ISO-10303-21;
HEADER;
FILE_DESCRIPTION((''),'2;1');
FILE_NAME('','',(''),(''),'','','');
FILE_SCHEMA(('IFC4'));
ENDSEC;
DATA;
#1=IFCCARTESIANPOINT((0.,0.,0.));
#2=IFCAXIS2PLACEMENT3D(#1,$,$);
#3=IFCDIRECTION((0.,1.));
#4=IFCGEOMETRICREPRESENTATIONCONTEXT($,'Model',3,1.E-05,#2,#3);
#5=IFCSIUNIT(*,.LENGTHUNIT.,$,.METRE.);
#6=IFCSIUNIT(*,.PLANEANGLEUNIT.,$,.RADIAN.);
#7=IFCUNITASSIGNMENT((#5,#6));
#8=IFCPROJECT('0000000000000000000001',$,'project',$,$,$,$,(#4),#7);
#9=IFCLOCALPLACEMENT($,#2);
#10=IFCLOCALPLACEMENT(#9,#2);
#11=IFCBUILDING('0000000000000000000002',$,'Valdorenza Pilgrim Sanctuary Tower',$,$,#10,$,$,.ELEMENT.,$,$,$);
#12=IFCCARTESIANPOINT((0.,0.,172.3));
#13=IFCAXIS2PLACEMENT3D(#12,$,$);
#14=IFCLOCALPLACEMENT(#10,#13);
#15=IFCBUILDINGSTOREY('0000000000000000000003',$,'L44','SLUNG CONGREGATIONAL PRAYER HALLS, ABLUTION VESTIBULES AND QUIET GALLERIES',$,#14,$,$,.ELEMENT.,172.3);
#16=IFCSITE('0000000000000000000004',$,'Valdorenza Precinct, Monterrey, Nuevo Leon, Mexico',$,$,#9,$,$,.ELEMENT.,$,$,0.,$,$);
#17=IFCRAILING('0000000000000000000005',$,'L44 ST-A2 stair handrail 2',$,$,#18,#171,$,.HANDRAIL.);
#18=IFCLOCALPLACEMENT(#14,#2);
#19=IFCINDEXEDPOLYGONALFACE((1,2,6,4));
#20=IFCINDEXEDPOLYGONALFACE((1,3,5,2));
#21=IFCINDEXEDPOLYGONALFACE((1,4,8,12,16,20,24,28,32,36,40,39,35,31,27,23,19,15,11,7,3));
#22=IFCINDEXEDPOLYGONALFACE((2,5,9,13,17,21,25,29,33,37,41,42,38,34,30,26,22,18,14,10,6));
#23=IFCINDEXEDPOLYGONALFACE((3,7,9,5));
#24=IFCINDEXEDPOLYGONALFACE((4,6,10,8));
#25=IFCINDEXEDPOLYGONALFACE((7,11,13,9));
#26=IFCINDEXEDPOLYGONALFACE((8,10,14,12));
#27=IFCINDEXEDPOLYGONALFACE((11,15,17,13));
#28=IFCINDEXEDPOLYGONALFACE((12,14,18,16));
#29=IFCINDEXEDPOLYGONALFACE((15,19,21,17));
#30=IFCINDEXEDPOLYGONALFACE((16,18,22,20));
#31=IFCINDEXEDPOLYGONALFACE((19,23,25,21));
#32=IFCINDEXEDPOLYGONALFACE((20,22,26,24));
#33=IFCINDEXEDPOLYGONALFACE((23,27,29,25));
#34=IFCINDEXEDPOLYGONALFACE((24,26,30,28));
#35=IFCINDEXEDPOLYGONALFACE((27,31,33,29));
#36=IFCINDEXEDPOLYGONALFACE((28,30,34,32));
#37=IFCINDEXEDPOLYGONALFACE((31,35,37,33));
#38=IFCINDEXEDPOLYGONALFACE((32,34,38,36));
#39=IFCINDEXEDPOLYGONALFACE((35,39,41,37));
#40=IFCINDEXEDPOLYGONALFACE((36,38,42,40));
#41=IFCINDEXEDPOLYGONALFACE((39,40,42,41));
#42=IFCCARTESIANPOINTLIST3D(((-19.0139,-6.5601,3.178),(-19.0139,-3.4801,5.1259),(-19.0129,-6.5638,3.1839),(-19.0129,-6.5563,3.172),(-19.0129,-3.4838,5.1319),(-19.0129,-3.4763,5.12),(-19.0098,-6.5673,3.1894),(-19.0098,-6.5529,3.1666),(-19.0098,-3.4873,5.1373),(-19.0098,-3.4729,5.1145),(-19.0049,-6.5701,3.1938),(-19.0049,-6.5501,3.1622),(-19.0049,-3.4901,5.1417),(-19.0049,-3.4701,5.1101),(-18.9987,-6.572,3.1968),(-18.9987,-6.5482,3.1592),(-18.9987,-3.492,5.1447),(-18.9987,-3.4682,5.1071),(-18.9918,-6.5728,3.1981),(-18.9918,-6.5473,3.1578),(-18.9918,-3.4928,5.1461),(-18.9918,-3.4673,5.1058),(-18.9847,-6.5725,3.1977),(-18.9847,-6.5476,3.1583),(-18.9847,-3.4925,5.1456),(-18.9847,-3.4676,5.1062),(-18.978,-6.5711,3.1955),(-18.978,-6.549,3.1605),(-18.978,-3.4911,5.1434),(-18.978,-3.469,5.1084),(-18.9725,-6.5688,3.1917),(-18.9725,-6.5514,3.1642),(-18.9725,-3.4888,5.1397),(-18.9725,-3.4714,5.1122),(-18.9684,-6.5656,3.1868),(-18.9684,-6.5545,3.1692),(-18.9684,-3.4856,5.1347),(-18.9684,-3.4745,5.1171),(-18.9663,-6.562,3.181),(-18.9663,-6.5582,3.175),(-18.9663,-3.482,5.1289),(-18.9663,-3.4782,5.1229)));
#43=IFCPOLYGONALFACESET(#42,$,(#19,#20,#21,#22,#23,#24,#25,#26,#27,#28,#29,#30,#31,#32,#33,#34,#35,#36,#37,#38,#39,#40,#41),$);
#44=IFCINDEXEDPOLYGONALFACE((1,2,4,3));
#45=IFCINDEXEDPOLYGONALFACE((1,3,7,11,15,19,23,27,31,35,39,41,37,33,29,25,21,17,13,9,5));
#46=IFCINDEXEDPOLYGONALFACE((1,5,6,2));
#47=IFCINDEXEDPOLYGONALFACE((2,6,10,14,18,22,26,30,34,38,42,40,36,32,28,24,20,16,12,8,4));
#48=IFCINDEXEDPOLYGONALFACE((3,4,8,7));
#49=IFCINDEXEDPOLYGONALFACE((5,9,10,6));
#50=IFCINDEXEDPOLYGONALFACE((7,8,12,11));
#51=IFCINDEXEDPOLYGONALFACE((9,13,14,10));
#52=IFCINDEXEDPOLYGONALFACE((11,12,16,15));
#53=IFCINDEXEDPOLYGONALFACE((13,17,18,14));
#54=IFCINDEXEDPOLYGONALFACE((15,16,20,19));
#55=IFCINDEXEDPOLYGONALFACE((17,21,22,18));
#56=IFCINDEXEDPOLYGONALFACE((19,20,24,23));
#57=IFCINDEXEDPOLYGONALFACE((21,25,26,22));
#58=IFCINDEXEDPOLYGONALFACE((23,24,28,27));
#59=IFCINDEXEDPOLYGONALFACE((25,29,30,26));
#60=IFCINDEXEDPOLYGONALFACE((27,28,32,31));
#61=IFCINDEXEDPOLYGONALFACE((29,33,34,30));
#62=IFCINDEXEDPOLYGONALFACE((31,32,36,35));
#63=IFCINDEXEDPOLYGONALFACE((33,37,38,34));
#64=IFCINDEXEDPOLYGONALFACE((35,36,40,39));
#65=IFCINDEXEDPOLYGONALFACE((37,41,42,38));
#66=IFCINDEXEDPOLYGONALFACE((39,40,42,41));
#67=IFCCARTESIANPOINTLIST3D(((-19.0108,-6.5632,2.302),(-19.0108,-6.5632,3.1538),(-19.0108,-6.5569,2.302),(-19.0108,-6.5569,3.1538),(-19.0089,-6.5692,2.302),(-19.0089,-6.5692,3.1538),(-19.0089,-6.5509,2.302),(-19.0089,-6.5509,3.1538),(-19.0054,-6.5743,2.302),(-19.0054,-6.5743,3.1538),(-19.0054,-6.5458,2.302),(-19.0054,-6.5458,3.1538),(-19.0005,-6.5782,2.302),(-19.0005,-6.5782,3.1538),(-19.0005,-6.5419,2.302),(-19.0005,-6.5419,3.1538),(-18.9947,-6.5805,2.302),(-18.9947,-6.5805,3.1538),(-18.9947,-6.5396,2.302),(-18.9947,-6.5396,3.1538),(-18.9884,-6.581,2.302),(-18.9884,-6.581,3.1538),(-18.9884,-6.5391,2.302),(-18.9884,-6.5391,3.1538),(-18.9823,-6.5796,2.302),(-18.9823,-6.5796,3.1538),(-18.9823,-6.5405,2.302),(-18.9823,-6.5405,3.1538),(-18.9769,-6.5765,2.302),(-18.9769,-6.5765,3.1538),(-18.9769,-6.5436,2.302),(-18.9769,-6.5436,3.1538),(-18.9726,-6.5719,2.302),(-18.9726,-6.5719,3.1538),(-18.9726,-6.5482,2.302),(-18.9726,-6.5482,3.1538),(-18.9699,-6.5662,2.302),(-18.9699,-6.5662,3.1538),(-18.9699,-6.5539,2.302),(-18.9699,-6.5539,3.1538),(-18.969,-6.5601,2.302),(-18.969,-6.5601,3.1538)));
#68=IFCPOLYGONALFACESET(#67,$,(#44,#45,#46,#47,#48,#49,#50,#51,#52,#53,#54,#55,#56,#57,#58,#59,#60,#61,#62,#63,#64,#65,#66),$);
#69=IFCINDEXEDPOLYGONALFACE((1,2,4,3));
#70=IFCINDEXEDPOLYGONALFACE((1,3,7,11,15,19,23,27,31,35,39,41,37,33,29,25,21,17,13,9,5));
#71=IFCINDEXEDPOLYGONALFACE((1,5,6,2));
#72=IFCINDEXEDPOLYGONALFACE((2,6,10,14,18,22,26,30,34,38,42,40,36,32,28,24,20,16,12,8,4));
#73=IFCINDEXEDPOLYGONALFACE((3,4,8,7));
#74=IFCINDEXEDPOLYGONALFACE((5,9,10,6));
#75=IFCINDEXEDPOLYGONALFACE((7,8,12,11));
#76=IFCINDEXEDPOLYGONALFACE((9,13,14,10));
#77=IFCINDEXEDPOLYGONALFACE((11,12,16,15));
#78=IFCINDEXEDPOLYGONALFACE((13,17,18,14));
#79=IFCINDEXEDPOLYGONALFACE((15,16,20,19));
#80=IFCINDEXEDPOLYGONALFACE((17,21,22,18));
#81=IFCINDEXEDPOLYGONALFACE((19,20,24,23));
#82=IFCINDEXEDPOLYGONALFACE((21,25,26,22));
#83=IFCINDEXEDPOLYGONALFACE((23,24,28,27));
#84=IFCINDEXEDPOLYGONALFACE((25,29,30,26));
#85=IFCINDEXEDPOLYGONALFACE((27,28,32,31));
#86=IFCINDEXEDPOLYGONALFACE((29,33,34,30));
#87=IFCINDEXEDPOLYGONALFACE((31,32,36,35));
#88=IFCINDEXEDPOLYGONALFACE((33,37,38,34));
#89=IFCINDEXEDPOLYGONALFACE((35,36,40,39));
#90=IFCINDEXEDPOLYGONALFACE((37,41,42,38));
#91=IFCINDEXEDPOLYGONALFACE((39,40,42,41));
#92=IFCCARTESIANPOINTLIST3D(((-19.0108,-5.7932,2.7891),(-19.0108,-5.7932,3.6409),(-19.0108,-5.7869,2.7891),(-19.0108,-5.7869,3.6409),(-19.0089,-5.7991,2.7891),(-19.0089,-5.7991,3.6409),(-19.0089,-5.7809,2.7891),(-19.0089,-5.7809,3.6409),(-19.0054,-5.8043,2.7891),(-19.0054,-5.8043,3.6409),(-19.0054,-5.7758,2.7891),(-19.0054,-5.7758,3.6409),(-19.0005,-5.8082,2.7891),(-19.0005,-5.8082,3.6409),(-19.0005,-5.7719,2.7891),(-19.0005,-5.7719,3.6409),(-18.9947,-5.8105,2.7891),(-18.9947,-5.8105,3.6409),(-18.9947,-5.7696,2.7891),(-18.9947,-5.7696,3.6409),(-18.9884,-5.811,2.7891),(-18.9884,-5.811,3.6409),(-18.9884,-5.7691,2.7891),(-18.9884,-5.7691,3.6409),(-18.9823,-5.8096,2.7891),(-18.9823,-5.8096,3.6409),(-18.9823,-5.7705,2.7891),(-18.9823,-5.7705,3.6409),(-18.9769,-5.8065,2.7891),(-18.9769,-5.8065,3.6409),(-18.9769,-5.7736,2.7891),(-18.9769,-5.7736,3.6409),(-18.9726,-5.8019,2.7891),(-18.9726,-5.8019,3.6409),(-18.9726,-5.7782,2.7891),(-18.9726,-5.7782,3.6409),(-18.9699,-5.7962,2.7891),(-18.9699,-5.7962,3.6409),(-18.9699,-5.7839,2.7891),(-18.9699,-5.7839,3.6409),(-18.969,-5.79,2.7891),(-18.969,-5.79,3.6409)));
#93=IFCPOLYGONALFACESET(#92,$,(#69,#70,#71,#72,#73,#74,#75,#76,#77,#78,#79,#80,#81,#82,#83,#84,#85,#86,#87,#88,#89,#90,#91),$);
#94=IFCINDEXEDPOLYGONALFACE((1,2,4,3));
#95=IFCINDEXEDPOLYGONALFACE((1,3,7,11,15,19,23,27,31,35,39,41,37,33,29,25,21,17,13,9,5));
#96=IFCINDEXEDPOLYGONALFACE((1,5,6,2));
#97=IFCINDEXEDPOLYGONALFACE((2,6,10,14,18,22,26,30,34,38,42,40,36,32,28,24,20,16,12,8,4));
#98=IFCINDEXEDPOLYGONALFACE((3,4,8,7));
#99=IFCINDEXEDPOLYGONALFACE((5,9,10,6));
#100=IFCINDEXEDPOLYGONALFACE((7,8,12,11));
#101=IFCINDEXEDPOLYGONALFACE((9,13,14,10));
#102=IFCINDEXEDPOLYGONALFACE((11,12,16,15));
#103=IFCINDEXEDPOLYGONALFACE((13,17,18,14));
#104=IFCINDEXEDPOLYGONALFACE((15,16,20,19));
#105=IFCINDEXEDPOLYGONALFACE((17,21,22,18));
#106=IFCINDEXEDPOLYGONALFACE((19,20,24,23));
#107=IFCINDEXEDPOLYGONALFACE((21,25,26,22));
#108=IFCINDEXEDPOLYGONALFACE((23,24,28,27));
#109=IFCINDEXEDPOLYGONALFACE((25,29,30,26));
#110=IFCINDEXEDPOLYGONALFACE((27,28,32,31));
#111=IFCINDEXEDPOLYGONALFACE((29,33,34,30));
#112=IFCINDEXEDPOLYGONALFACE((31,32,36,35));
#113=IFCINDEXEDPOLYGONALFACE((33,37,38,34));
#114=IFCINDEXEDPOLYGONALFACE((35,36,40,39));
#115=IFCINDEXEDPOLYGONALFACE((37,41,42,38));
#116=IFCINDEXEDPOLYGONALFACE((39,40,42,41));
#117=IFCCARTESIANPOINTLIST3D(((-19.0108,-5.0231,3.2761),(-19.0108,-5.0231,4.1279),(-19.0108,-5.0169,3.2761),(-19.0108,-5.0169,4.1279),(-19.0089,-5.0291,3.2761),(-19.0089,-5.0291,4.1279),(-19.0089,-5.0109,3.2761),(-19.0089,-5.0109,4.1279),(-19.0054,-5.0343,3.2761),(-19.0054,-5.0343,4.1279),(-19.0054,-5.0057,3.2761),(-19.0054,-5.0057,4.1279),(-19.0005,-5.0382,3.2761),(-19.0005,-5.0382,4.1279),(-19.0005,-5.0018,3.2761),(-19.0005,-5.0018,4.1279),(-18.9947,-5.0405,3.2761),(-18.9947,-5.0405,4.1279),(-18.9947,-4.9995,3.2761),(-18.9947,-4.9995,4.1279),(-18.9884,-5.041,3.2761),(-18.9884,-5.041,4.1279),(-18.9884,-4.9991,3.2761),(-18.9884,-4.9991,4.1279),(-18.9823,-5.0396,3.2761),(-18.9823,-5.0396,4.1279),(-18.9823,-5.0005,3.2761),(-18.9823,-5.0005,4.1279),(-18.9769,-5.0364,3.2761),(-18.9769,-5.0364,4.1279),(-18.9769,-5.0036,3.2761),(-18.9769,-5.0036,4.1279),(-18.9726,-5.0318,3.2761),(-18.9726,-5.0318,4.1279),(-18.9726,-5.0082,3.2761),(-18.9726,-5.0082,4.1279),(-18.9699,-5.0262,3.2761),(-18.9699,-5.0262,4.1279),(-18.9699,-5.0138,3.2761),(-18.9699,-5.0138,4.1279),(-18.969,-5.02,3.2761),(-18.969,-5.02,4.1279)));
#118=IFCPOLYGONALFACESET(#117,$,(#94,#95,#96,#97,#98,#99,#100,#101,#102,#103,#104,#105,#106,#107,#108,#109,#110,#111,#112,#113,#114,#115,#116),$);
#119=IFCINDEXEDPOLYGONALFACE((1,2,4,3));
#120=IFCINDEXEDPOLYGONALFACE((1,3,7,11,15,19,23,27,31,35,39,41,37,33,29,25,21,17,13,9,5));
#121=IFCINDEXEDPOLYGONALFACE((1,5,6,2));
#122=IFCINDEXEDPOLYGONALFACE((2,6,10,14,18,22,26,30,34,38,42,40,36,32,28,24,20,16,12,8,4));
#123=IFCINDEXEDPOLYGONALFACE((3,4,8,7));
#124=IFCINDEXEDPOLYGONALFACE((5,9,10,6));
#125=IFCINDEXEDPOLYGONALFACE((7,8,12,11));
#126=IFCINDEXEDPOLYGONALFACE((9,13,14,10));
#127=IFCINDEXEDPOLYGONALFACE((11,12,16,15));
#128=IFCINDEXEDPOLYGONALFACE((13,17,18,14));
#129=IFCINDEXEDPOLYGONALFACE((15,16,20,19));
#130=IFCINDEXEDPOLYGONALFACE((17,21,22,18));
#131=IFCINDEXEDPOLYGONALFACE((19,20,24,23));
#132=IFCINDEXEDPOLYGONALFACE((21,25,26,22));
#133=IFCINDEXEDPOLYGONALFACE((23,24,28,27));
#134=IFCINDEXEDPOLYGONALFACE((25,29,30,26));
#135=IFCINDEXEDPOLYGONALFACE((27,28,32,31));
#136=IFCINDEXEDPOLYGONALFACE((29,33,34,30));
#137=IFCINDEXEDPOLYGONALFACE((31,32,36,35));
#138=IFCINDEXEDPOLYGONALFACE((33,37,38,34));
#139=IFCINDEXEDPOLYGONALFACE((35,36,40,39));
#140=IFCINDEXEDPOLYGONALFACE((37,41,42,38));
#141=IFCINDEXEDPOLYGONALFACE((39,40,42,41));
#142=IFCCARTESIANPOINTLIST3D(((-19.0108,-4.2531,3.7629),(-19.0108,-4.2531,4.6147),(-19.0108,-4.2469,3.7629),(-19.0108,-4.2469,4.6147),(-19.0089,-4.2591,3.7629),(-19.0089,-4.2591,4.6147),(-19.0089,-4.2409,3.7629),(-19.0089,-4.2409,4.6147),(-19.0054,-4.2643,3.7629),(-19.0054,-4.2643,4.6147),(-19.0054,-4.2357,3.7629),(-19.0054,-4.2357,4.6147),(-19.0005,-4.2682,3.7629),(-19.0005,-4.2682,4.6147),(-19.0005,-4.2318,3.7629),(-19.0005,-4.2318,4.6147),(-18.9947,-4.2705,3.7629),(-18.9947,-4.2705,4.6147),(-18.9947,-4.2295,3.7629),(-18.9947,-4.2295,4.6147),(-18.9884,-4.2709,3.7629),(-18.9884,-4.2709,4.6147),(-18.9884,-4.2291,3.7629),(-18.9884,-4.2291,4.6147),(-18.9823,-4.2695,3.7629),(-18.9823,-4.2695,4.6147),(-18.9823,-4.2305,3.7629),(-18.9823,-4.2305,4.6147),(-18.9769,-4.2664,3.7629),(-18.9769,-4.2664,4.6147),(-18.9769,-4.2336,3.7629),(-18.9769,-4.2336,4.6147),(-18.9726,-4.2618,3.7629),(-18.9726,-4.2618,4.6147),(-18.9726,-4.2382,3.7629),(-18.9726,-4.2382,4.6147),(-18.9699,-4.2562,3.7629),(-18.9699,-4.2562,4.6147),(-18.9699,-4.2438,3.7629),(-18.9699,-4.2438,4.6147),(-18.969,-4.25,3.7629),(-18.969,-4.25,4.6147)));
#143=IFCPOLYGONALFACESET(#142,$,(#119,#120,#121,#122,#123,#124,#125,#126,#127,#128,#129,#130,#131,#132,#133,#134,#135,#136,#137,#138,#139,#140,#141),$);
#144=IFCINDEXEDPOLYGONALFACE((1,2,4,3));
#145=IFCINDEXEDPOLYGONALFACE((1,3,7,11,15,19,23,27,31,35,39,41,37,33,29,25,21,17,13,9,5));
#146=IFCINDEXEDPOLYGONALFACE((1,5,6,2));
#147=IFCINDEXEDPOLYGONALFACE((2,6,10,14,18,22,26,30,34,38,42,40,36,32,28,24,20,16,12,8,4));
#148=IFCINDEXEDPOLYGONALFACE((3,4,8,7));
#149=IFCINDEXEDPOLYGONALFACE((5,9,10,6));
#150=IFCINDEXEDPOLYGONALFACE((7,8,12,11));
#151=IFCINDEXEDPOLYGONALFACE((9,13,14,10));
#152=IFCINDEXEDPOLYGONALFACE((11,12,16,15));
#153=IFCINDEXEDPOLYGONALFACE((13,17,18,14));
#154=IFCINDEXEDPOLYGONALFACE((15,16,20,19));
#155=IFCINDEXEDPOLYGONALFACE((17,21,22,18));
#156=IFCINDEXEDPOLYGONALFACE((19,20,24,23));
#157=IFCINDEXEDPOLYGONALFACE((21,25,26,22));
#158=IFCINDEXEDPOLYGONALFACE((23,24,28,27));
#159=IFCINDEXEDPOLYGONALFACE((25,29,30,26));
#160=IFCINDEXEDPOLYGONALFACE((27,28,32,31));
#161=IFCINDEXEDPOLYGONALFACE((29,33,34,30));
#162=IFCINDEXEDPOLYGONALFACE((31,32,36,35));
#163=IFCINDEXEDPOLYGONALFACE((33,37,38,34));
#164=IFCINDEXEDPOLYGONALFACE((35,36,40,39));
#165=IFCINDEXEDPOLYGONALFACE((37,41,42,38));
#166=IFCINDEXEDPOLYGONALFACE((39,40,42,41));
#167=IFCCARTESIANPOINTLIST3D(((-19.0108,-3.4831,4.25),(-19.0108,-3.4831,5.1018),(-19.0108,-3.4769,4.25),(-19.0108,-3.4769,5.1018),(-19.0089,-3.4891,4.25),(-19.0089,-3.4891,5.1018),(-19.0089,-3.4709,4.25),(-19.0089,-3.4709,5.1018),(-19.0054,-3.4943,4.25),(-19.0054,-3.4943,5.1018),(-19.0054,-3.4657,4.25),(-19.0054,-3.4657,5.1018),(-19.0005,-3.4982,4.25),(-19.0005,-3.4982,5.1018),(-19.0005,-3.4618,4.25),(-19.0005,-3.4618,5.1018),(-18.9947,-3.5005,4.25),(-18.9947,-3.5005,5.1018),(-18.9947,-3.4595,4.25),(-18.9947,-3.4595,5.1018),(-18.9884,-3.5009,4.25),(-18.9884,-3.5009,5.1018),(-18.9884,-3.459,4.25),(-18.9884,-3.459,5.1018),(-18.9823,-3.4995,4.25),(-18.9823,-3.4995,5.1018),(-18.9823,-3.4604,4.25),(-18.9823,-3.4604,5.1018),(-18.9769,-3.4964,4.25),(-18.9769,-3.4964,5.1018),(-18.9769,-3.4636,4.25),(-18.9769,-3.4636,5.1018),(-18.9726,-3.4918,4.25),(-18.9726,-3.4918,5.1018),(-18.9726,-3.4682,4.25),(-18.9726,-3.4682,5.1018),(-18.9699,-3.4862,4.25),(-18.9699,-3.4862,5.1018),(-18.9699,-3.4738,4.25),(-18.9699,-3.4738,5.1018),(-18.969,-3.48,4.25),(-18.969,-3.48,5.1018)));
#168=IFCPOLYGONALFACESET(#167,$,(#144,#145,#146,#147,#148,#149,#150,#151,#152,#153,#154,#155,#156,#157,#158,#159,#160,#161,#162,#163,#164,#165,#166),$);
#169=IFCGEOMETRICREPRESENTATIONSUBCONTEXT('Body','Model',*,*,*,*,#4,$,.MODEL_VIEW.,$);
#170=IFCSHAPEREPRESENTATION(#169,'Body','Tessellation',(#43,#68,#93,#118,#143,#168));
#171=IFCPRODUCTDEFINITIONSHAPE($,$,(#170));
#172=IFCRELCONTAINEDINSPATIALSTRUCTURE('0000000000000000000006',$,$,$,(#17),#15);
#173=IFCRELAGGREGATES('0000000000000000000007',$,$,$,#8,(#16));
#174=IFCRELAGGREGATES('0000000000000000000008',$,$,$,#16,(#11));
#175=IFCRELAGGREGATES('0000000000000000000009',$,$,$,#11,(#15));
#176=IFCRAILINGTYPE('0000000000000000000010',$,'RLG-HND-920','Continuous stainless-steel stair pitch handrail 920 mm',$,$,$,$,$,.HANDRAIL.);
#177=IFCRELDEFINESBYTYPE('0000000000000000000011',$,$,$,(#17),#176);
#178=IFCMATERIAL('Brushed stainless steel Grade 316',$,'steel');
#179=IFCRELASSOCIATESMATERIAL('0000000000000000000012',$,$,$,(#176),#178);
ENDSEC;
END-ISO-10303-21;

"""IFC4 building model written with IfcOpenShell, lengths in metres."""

from ifc_helpers import new_model, si_unit, direction, frame, origin, origin_2d, place, context, subcontext, project, spatial, circle, extrude, material, type_object, element, save


model = new_model("IFC4")

# Units and contexts
model_context = context("Model", 3, precision=1e-05, world=origin(), true_north=direction((0.0, 1.0)))
body_context = subcontext(model_context, "Body", "Model", "MODEL_VIEW")
ifc_project = project(units=[si_unit("LENGTHUNIT", "METRE"), si_unit("PLANEANGLEUNIT", "RADIAN")], contexts=[model_context])

# Site, building, storey
site_placement = place(None, origin())
site = spatial("IfcSite", under=ifc_project, at=site_placement, Name="Valdorenza Precinct, Monterrey, Nuevo Leon, Mexico", CompositionType="ELEMENT", RefElevation=0.0)
building_placement = place(site_placement, origin())
building = spatial("IfcBuilding", under=site, at=building_placement, Name="Valdorenza Pilgrim Sanctuary Tower", CompositionType="ELEMENT")
storey_placement = place(building_placement, frame((0.0, 0.0, 172.3)))
storey = spatial("IfcBuildingStorey", under=building, at=storey_placement, Name="L44", Description="SLUNG CONGREGATIONAL PRAYER HALLS, ABLUTION VESTIBULES AND QUIET GALLERIES", CompositionType="ELEMENT", Elevation=172.3)

# Shared definitions
ifc_material_1 = material(Name="Brushed stainless steel Grade 316", Category="steel")

# Railing
railing_type = type_object("IfcRailingType", Name="RLG-HND-920", Description="Continuous stainless-steel stair pitch handrail 920 mm", PredefinedType="HANDRAIL", material=ifc_material_1)
railing_placement = place(storey_placement, frame((-18.99, -6.5601, 2.302)))
element("IfcRailing", 1, at=railing_placement, inside=storey, type_object=railing_type, Name="L44 ST-A2 stair handrail 2", PredefinedType="HANDRAIL", context=body_context, shape_type="SweptSolid", body=[
    extrude(circle(Radius=0.0239, at=origin_2d()), frame((0.0, 0.0, 0.876), z_axis=(0.0, 0.845156, 0.53452), x_axis=(-1.0, 0.0, 0.0)), (0.0, 0.0, 1.0), 3.6443),
    extrude(circle(Radius=0.021, at=origin_2d()), origin(), (0.0, 0.0, 1.0), 0.8518),
    extrude(circle(Radius=0.021, at=origin_2d()), frame((0.0, 0.77, 0.4871)), (0.0, 0.0, 1.0), 0.8518),
    extrude(circle(Radius=0.021, at=origin_2d()), frame((0.0, 1.54, 0.9741)), (0.0, 0.0, 1.0), 0.8518),
    extrude(circle(Radius=0.021, at=origin_2d()), frame((0.0, 2.3101, 1.4609)), (0.0, 0.0, 1.0), 0.8518),
    extrude(circle(Radius=0.021, at=origin_2d()), frame((0.0, 3.0801, 1.948)), (0.0, 0.0, 1.0), 0.8518),
])

save(model, "model.ifc")
